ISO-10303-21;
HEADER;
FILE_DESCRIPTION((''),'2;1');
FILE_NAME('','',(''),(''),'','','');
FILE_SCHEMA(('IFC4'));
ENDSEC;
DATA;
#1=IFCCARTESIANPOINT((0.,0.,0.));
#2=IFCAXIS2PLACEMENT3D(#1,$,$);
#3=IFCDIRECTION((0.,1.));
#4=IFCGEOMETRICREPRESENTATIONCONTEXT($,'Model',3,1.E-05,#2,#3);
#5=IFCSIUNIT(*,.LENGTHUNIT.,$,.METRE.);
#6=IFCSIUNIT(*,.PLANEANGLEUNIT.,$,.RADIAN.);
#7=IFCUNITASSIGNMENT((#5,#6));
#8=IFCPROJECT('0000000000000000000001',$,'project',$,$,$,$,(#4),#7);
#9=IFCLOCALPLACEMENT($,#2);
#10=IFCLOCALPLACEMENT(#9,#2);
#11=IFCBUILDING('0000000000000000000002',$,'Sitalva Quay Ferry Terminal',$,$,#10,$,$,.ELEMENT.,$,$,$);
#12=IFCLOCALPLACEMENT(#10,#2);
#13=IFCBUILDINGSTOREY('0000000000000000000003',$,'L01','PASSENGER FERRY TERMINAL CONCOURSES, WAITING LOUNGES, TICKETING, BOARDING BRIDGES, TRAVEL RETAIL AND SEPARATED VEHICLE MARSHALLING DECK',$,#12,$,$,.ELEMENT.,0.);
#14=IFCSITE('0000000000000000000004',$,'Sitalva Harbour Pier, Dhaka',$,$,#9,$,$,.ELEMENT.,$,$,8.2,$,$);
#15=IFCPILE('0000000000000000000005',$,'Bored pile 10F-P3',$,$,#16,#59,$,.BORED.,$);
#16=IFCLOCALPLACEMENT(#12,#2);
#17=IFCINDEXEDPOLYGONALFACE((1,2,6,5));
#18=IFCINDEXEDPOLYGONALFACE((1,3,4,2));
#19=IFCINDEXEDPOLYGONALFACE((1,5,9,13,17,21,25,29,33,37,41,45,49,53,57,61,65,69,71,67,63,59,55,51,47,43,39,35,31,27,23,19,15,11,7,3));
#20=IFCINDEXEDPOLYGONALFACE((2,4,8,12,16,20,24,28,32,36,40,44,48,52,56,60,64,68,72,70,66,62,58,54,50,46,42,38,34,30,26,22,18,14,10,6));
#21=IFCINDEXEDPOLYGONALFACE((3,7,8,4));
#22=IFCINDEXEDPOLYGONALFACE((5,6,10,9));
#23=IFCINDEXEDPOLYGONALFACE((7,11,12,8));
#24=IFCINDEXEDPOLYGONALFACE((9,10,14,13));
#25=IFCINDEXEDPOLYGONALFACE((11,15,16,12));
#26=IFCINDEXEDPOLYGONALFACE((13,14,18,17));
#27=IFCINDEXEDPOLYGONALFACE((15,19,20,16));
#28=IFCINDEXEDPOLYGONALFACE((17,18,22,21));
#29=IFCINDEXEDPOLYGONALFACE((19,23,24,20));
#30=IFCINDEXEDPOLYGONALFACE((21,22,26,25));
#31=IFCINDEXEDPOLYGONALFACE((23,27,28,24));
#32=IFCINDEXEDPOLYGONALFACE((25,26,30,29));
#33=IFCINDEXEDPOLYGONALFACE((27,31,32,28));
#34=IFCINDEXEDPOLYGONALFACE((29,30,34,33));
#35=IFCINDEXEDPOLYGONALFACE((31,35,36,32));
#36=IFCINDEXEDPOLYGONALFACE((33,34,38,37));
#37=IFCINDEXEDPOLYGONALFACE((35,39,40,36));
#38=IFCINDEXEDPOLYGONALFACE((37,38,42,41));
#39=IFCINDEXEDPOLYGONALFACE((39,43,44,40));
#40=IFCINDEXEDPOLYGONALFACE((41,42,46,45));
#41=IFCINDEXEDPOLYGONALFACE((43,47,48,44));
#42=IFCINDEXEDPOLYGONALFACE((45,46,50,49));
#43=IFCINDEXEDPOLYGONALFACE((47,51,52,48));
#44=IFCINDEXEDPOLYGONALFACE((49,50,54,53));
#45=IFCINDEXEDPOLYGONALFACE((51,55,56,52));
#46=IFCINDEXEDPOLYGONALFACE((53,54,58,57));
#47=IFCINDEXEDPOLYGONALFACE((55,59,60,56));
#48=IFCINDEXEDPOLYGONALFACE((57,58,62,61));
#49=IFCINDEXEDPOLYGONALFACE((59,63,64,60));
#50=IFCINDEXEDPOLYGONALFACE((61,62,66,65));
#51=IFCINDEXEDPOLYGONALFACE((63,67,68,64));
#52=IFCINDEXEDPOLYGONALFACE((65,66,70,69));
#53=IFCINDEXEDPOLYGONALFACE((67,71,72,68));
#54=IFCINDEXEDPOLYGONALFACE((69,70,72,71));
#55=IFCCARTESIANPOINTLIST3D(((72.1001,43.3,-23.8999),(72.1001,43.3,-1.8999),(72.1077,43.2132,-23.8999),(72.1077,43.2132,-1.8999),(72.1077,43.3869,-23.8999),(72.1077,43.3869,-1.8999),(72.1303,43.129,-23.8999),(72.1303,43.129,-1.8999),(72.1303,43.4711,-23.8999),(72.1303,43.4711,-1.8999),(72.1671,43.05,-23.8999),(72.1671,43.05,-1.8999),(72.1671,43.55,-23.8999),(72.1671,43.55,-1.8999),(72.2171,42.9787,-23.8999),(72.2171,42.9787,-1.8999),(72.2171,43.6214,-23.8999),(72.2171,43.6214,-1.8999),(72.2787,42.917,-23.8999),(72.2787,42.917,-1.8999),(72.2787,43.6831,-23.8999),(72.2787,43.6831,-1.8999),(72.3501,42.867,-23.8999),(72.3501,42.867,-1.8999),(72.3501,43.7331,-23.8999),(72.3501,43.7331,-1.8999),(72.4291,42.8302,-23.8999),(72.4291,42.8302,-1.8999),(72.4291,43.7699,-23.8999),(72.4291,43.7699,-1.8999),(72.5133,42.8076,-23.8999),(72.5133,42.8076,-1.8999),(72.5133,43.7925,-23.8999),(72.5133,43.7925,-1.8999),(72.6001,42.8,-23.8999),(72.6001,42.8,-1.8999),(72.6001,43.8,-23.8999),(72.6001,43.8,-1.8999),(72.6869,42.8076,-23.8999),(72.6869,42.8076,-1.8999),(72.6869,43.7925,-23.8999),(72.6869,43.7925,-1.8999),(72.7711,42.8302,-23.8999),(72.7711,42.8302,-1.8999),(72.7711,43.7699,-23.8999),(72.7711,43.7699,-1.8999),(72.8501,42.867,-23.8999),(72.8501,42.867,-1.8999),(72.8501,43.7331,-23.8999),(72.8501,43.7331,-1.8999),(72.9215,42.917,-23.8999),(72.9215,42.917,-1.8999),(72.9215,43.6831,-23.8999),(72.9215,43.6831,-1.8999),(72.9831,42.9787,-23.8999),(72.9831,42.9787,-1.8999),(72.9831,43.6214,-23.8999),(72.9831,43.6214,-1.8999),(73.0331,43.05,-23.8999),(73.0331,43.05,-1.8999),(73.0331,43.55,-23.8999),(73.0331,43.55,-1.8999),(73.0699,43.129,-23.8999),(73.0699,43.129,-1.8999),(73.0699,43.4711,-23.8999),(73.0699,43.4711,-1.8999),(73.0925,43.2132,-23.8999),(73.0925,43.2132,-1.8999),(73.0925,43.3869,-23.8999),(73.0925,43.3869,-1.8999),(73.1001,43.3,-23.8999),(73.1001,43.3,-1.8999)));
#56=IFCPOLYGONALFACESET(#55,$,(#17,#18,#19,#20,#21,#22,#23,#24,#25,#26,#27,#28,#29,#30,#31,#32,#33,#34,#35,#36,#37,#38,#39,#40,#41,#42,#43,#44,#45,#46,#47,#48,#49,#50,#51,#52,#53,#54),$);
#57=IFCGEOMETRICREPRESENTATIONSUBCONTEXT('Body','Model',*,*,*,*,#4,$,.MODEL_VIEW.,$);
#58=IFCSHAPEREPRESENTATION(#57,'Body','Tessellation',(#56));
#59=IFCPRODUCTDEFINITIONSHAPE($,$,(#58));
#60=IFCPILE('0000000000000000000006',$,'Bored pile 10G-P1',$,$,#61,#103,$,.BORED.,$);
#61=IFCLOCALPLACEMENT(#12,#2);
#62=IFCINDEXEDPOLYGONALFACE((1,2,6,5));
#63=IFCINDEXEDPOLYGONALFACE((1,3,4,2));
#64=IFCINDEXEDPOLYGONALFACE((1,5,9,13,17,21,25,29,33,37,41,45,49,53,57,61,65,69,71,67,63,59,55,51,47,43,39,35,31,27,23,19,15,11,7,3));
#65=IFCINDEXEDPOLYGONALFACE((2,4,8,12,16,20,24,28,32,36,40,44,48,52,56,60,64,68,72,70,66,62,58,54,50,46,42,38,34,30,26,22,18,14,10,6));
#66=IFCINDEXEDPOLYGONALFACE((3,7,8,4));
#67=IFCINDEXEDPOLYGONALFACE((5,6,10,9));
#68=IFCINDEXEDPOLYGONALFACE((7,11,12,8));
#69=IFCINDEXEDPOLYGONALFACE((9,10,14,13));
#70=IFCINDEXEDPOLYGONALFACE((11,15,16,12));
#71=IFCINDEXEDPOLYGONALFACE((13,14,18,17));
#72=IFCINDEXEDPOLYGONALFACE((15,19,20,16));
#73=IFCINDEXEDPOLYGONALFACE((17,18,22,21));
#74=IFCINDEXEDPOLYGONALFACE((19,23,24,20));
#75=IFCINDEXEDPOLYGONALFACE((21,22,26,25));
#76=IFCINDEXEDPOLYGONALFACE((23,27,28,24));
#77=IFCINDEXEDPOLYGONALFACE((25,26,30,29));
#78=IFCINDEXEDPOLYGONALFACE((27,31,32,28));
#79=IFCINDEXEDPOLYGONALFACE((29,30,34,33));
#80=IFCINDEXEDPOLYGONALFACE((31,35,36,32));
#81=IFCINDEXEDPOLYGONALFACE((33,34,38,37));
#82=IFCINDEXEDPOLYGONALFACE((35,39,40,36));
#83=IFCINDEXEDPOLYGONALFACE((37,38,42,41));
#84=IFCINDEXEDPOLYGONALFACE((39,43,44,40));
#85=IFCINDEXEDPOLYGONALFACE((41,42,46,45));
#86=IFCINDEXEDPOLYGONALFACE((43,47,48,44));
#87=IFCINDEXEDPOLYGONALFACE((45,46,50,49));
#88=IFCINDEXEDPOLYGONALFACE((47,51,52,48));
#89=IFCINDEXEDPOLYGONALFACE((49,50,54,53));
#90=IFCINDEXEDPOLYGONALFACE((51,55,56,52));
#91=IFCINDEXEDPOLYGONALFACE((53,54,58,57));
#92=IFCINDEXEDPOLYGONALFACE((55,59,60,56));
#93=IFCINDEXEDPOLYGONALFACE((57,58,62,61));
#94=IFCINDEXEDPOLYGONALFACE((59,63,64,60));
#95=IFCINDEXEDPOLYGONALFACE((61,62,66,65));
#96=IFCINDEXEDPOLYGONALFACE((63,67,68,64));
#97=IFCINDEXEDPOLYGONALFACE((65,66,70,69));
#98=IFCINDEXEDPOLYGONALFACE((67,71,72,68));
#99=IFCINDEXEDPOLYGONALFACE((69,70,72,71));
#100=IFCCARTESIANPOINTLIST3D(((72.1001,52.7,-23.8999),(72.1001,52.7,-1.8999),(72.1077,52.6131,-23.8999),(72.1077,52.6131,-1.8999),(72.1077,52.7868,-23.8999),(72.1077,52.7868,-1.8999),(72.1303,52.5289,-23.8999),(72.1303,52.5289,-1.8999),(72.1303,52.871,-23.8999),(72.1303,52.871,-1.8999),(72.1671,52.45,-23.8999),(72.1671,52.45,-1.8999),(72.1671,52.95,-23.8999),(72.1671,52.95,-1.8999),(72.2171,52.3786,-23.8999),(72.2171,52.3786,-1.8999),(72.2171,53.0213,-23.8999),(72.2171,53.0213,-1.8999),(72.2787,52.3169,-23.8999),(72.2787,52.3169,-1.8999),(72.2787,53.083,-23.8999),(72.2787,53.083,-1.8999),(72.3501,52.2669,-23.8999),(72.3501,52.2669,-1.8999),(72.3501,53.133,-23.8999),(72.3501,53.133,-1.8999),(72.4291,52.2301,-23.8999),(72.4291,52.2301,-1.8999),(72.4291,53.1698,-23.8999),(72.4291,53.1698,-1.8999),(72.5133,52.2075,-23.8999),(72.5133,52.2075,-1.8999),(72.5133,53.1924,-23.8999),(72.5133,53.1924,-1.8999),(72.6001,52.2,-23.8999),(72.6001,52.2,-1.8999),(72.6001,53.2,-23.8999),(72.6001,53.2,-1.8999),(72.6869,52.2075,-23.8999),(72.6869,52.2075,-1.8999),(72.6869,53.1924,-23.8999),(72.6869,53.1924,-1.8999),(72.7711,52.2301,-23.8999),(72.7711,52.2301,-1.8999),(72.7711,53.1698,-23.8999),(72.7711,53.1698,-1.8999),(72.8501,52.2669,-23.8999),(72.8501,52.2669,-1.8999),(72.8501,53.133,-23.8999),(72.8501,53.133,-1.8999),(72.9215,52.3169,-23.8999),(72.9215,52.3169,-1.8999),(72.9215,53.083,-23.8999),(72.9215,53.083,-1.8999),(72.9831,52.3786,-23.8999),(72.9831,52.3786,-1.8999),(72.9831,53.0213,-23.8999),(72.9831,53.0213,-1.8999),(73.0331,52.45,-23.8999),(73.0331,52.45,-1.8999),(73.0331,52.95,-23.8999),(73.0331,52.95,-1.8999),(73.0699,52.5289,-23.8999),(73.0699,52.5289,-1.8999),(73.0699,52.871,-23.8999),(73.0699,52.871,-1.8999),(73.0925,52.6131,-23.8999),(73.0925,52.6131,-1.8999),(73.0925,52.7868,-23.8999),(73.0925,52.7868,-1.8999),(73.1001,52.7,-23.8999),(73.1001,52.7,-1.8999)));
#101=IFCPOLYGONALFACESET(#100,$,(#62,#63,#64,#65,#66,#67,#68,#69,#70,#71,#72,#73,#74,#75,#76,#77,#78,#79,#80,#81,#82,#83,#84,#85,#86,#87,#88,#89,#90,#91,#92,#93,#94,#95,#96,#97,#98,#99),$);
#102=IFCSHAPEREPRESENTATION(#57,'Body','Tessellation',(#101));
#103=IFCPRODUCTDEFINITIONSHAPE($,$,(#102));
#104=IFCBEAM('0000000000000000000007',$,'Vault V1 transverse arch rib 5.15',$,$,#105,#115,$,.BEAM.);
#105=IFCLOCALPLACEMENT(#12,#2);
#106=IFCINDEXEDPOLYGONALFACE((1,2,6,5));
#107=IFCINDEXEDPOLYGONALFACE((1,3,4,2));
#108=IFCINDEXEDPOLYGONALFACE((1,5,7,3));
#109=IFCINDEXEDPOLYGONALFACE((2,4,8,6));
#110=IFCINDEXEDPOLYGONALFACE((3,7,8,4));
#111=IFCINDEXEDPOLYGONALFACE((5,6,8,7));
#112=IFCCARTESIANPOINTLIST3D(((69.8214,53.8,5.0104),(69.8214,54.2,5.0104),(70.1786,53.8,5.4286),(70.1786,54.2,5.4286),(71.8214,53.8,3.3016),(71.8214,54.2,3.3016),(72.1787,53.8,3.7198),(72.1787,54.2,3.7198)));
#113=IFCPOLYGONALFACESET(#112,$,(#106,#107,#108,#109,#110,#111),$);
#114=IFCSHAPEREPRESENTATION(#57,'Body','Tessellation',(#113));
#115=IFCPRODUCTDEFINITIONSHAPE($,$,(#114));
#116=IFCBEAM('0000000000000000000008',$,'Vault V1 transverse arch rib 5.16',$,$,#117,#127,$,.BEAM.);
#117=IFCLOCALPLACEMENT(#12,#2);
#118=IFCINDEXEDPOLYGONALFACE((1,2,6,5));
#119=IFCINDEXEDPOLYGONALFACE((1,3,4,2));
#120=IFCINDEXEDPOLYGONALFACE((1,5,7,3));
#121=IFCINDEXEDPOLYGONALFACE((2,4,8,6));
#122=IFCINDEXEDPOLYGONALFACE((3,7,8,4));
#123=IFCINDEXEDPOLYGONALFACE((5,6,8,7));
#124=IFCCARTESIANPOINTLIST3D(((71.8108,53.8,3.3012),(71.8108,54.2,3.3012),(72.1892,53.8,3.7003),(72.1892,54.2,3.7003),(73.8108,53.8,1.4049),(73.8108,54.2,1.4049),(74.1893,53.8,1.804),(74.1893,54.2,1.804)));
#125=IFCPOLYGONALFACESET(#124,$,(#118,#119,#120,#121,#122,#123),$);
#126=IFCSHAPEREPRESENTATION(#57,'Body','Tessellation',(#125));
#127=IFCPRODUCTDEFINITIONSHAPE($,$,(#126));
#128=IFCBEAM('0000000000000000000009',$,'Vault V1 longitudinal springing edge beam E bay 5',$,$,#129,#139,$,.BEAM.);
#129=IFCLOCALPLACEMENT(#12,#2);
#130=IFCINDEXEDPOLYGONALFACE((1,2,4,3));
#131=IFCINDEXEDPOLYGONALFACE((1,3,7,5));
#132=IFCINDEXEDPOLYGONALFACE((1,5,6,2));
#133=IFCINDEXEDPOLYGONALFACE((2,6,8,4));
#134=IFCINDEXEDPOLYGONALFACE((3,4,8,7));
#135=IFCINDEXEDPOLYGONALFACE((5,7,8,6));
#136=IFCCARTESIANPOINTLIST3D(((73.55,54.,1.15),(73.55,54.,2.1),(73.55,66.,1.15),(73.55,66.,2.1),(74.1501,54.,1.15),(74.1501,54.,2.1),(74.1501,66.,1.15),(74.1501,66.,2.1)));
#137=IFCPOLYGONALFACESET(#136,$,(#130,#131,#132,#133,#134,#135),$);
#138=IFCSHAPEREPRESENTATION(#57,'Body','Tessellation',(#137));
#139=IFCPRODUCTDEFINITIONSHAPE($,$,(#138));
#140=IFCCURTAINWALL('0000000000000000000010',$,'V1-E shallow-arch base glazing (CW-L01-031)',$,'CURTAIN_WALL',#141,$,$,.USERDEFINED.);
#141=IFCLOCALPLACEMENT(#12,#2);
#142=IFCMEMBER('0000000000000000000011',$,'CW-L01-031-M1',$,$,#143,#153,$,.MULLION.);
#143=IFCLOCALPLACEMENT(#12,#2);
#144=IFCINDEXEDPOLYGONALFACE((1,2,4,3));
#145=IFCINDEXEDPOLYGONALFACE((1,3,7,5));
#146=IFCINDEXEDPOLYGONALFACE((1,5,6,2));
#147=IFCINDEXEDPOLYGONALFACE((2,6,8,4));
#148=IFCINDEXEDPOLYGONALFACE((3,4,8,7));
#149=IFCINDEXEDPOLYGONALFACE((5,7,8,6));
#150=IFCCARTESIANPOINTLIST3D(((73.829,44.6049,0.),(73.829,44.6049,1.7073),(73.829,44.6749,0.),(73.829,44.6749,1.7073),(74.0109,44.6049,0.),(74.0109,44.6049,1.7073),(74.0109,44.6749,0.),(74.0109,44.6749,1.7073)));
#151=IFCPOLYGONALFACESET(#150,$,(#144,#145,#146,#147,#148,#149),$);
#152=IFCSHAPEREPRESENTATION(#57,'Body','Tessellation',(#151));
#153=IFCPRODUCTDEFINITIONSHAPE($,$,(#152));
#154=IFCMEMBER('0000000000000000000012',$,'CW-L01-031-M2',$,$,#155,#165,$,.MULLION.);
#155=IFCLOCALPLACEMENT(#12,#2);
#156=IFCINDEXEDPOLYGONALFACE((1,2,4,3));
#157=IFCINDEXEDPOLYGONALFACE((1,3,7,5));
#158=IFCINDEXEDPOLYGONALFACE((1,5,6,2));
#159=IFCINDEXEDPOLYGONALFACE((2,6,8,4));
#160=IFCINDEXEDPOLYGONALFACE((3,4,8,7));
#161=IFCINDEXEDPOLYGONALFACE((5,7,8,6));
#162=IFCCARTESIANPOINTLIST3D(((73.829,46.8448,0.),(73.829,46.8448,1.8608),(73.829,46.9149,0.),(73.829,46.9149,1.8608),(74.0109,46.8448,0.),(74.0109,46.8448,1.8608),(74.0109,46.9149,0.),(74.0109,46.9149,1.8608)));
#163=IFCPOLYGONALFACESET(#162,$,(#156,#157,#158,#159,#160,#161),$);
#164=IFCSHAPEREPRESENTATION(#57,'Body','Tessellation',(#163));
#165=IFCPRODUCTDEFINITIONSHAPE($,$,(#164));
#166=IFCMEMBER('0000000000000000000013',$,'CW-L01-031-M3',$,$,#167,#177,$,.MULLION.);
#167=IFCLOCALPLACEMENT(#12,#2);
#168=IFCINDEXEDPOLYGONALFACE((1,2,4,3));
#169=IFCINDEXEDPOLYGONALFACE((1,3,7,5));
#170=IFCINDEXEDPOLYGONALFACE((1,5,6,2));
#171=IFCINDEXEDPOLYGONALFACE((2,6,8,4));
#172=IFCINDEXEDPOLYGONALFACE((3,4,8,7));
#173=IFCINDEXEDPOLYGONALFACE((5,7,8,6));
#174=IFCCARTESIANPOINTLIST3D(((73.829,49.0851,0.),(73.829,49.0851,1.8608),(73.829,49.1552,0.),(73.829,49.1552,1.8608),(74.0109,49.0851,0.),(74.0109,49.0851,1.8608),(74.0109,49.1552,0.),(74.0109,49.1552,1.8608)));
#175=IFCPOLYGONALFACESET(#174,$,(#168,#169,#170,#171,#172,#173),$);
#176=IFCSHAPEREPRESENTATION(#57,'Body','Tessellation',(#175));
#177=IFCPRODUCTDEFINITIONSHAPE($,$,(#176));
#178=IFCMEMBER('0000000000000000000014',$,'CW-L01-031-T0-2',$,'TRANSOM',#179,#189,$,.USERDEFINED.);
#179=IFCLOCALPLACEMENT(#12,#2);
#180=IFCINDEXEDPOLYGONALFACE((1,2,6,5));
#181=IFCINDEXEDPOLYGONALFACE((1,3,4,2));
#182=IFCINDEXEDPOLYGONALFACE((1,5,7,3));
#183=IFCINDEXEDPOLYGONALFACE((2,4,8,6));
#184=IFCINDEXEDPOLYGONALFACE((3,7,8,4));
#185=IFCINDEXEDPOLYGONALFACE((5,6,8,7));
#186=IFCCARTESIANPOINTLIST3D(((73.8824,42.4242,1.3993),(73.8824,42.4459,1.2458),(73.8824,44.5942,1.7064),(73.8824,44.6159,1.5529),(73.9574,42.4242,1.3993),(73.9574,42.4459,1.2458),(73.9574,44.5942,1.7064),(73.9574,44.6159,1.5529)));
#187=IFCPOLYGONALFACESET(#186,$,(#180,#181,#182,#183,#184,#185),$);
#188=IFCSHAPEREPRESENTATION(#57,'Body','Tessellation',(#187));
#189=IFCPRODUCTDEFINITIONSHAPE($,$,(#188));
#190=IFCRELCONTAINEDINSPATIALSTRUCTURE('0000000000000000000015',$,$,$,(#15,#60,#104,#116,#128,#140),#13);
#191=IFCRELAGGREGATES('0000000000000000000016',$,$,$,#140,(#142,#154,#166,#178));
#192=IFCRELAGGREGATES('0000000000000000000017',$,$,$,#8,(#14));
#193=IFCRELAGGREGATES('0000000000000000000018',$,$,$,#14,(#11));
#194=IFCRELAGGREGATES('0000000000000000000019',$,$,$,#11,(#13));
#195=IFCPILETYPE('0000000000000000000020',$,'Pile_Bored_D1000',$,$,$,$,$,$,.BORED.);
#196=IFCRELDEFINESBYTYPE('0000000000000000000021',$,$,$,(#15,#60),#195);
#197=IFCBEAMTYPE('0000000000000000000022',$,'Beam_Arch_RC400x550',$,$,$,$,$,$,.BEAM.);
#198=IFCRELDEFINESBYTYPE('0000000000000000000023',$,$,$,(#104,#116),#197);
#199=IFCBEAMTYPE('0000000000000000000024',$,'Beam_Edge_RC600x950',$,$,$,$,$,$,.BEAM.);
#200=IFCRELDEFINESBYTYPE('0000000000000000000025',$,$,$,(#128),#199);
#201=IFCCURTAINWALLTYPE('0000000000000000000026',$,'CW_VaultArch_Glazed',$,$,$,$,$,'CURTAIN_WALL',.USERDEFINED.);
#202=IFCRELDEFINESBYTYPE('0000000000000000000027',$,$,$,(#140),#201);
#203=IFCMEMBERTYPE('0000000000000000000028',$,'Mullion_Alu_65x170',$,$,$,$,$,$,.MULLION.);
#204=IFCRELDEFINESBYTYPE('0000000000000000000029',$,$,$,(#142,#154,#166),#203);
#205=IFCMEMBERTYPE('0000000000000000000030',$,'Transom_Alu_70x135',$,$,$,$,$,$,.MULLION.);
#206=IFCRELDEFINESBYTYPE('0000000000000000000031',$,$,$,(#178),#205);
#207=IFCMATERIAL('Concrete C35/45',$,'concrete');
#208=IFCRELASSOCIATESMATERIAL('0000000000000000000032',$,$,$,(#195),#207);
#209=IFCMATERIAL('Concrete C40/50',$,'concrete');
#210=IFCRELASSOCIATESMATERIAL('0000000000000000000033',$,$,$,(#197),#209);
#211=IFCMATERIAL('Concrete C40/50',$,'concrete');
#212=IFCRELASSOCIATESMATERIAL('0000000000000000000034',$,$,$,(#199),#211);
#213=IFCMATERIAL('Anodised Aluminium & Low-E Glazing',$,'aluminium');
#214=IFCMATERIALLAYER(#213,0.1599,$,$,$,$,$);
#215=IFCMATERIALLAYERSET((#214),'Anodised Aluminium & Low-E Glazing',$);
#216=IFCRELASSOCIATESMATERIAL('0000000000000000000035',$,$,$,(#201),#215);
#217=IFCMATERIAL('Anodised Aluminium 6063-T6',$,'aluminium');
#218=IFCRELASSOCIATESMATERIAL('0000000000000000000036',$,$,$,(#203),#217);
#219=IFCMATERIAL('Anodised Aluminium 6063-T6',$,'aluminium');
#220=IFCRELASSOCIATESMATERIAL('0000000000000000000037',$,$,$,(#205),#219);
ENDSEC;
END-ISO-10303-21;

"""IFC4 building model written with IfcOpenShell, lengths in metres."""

from ifc_helpers import new_model, si_unit, direction, frame, origin, origin_2d, place, context, subcontext, project, spatial, rectangle, circle, extrude, material, layer, layer_set, material_profile, profile_set, type_object, element, aggregate, save


model = new_model("IFC4")

# Units and contexts
model_context = context("Model", 3, precision=1e-05, world=origin(), true_north=direction((0.0, 1.0)))
body_context = subcontext(model_context, "Body", "Model", "MODEL_VIEW")
ifc_project = project(units=[si_unit("LENGTHUNIT", "METRE"), si_unit("PLANEANGLEUNIT", "RADIAN")], contexts=[model_context])

# Site, building, storey
site_placement = place(None, origin())
site = spatial("IfcSite", under=ifc_project, at=site_placement, Name="Sitalva Harbour Pier, Dhaka", CompositionType="ELEMENT", RefElevation=8.2)
building_placement = place(site_placement, origin())
building = spatial("IfcBuilding", under=site, at=building_placement, Name="Sitalva Quay Ferry Terminal", CompositionType="ELEMENT")
storey_placement = place(building_placement, origin())
storey = spatial("IfcBuildingStorey", under=building, at=storey_placement, Name="L01", Description="PASSENGER FERRY TERMINAL CONCOURSES, WAITING LOUNGES, TICKETING, BOARDING BRIDGES, TRAVEL RETAIL AND SEPARATED VEHICLE MARSHALLING DECK", CompositionType="ELEMENT", Elevation=0.0)

# Piles
ifc_material_1 = material(Name="Concrete C35/45", Category="concrete")
ifc_material_profile_1 = material_profile(ifc_material_1, circle(Radius=0.5, at=origin_2d()), Name="PILE-D1000")
ifc_profile_set_1 = profile_set([ifc_material_profile_1], Name="Concrete C35/45")
pile_type = type_object("IfcPileType", Name="Pile_Bored_D1000", PredefinedType="BORED", material=ifc_profile_set_1)
for number, where, z_axis, x_axis, name in (
    (1, (72.6001, 43.3, -1.8999), (0.0, 0.0, -1.0), (1.0, 0.0, 0.0), "Bored pile 10F-P3"),
    (2, (72.6001, 52.7, -1.8999), (0.0, 0.0, -1.0), (1.0, 0.0, 0.0), "Bored pile 10G-P1"),
):
    element("IfcPile", number, at=place(storey_placement, frame(where, z_axis=z_axis, x_axis=x_axis)), inside=storey, type_object=pile_type, Name=name, PredefinedType="BORED", context=body_context, shape_type="SweptSolid", body=[
        extrude(circle(Radius=0.5, at=origin_2d()), origin(), (0.0, 0.0, 1.0), 22.0),
    ])

# Beams
ifc_material_2 = material(Name="Concrete C40/50", Category="concrete")
ifc_material_profile_2 = material_profile(ifc_material_2, rectangle(XDim=0.3999, YDim=0.55, at=origin_2d()), Name="RC400x550")
ifc_profile_set_2 = profile_set([ifc_material_profile_2], Name="Concrete C40/50")
beam_type_1 = type_object("IfcBeamType", Name="Beam_Arch_RC400x550", PredefinedType="BEAM", material=ifc_profile_set_2)
beam_1_placement = place(storey_placement, frame((70.0, 54.0, 5.2195), z_axis=(0.760297, 0.0, -0.649575), x_axis=(0.0, 1.0, 0.0)))
element("IfcBeam", 3, at=beam_1_placement, inside=storey, type_object=beam_type_1, Name="Vault V1 transverse arch rib 5.15", PredefinedType="BEAM", context=body_context, shape_type="SweptSolid", body=[
    extrude(rectangle(XDim=0.3999, YDim=0.55, at=origin_2d()), origin(), (0.0, 0.0, 1.0), 2.6306),
])
beam_2_placement = place(storey_placement, frame((72.0, 54.0, 3.5007), z_axis=(0.72568, 0.0, -0.688032), x_axis=(0.0, 1.0, 0.0)))
element("IfcBeam", 4, at=beam_2_placement, inside=storey, type_object=beam_type_1, Name="Vault V1 transverse arch rib 5.16", PredefinedType="BEAM", context=body_context, shape_type="SweptSolid", body=[
    extrude(rectangle(XDim=0.3999, YDim=0.55, at=origin_2d()), origin(), (0.0, 0.0, 1.0), 2.7561),
])
ifc_material_3 = material(Name="Concrete C40/50", Category="concrete")
ifc_material_profile_3 = material_profile(ifc_material_3, rectangle(XDim=0.6001, YDim=0.95, at=origin_2d()), Name="RC600x950")
ifc_profile_set_3 = profile_set([ifc_material_profile_3], Name="Concrete C40/50")
beam_type_2 = type_object("IfcBeamType", Name="Beam_Edge_RC600x950", PredefinedType="BEAM", material=ifc_profile_set_3)
beam_3_placement = place(storey_placement, frame((73.8501, 54.0, 1.625), z_axis=(0.0, 1.0, 0.0), x_axis=(-1.0, 0.0, 0.0)))
element("IfcBeam", 5, at=beam_3_placement, inside=storey, type_object=beam_type_2, Name="Vault V1 longitudinal springing edge beam E bay 5", PredefinedType="BEAM", context=body_context, shape_type="SweptSolid", body=[
    extrude(rectangle(XDim=0.6001, YDim=0.95, at=origin_2d()), origin(), (0.0, 0.0, 1.0), 12.0),
])

# Curtain wall, members
ifc_material_4 = material(Name="Anodised Aluminium & Low-E Glazing", Category="aluminium")
ifc_layer_1 = layer(ifc_material_4, 0.1599)
ifc_layer_set_1 = layer_set([ifc_layer_1], Name="Anodised Aluminium & Low-E Glazing")
curtain_wall_type = type_object("IfcCurtainWallType", Name="CW_VaultArch_Glazed", ElementType="CURTAIN_WALL", PredefinedType="USERDEFINED", material=ifc_layer_set_1)
curtain_wall_placement = place(storey_placement, origin())
curtain_wall = element("IfcCurtainWall", 6, at=curtain_wall_placement, inside=storey, type_object=curtain_wall_type, Name="V1-E shallow-arch base glazing (CW-L01-031)", ObjectType="CURTAIN_WALL", PredefinedType="USERDEFINED")
ifc_material_5 = material(Name="Anodised Aluminium 6063-T6", Category="aluminium")
ifc_material_profile_4 = material_profile(ifc_material_5, rectangle(XDim=0.0701, YDim=0.1819, at=origin_2d()), Name="ALU70x182")
ifc_profile_set_4 = profile_set([ifc_material_profile_4], Name="Anodised Aluminium 6063-T6")
member_type_1 = type_object("IfcMemberType", Name="Mullion_Alu_65x170", PredefinedType="MULLION", material=ifc_profile_set_4)
member_1_placement = place(storey_placement, frame((73.9199, 44.6399, 0.0), z_axis=(0.0, 0.0, 1.0), x_axis=(0.0, 1.0, 0.0)))
member_1 = element("IfcMember", 7, at=member_1_placement, type_object=member_type_1, Name="CW-L01-031-M1", PredefinedType="MULLION", context=body_context, shape_type="SweptSolid", body=[
    extrude(rectangle(XDim=0.0701, YDim=0.1819, at=origin_2d()), origin(), (0.0, 0.0, 1.0), 1.7073),
])
member_2_placement = place(storey_placement, frame((73.9199, 46.8799, 0.0), z_axis=(0.0, 0.0, 1.0), x_axis=(0.0, 1.0, 0.0)))
member_2 = element("IfcMember", 8, at=member_2_placement, type_object=member_type_1, Name="CW-L01-031-M2", PredefinedType="MULLION", context=body_context, shape_type="SweptSolid", body=[
    extrude(rectangle(XDim=0.0701, YDim=0.1819, at=origin_2d()), origin(), (0.0, 0.0, 1.0), 1.8608),
])
member_3_placement = place(storey_placement, frame((73.9199, 49.1201, 0.0), z_axis=(0.0, 0.0, 1.0), x_axis=(0.0, 1.0, 0.0)))
member_3 = element("IfcMember", 9, at=member_3_placement, type_object=member_type_1, Name="CW-L01-031-M3", PredefinedType="MULLION", context=body_context, shape_type="SweptSolid", body=[
    extrude(rectangle(XDim=0.0701, YDim=0.1819, at=origin_2d()), origin(), (0.0, 0.0, 1.0), 1.8608),
])
ifc_material_6 = material(Name="Anodised Aluminium 6063-T6", Category="aluminium")
ifc_material_profile_5 = material_profile(ifc_material_6, rectangle(XDim=0.075, YDim=0.155, at=origin_2d()), Name="ALU75x155")
ifc_profile_set_5 = profile_set([ifc_material_profile_5], Name="Anodised Aluminium 6063-T6")
member_type_2 = type_object("IfcMemberType", Name="Transom_Alu_70x135", PredefinedType="MULLION", material=ifc_profile_set_5)
member_4_placement = place(storey_placement, frame((73.9199, 42.4351, 1.3225), z_axis=(0.0, 0.990131, 0.140142), x_axis=(-1.0, 0.0, 0.0)))
member_4 = element("IfcMember", 10, at=member_4_placement, type_object=member_type_2, Name="CW-L01-031-T0-2", ObjectType="TRANSOM", PredefinedType="USERDEFINED", context=body_context, shape_type="SweptSolid", body=[
    extrude(rectangle(XDim=0.075, YDim=0.155, at=origin_2d()), origin(), (0.0, 0.0, 1.0), 2.1917),
])
aggregate(curtain_wall, [member_1, member_2, member_3, member_4])

save(model, "model.ifc")
